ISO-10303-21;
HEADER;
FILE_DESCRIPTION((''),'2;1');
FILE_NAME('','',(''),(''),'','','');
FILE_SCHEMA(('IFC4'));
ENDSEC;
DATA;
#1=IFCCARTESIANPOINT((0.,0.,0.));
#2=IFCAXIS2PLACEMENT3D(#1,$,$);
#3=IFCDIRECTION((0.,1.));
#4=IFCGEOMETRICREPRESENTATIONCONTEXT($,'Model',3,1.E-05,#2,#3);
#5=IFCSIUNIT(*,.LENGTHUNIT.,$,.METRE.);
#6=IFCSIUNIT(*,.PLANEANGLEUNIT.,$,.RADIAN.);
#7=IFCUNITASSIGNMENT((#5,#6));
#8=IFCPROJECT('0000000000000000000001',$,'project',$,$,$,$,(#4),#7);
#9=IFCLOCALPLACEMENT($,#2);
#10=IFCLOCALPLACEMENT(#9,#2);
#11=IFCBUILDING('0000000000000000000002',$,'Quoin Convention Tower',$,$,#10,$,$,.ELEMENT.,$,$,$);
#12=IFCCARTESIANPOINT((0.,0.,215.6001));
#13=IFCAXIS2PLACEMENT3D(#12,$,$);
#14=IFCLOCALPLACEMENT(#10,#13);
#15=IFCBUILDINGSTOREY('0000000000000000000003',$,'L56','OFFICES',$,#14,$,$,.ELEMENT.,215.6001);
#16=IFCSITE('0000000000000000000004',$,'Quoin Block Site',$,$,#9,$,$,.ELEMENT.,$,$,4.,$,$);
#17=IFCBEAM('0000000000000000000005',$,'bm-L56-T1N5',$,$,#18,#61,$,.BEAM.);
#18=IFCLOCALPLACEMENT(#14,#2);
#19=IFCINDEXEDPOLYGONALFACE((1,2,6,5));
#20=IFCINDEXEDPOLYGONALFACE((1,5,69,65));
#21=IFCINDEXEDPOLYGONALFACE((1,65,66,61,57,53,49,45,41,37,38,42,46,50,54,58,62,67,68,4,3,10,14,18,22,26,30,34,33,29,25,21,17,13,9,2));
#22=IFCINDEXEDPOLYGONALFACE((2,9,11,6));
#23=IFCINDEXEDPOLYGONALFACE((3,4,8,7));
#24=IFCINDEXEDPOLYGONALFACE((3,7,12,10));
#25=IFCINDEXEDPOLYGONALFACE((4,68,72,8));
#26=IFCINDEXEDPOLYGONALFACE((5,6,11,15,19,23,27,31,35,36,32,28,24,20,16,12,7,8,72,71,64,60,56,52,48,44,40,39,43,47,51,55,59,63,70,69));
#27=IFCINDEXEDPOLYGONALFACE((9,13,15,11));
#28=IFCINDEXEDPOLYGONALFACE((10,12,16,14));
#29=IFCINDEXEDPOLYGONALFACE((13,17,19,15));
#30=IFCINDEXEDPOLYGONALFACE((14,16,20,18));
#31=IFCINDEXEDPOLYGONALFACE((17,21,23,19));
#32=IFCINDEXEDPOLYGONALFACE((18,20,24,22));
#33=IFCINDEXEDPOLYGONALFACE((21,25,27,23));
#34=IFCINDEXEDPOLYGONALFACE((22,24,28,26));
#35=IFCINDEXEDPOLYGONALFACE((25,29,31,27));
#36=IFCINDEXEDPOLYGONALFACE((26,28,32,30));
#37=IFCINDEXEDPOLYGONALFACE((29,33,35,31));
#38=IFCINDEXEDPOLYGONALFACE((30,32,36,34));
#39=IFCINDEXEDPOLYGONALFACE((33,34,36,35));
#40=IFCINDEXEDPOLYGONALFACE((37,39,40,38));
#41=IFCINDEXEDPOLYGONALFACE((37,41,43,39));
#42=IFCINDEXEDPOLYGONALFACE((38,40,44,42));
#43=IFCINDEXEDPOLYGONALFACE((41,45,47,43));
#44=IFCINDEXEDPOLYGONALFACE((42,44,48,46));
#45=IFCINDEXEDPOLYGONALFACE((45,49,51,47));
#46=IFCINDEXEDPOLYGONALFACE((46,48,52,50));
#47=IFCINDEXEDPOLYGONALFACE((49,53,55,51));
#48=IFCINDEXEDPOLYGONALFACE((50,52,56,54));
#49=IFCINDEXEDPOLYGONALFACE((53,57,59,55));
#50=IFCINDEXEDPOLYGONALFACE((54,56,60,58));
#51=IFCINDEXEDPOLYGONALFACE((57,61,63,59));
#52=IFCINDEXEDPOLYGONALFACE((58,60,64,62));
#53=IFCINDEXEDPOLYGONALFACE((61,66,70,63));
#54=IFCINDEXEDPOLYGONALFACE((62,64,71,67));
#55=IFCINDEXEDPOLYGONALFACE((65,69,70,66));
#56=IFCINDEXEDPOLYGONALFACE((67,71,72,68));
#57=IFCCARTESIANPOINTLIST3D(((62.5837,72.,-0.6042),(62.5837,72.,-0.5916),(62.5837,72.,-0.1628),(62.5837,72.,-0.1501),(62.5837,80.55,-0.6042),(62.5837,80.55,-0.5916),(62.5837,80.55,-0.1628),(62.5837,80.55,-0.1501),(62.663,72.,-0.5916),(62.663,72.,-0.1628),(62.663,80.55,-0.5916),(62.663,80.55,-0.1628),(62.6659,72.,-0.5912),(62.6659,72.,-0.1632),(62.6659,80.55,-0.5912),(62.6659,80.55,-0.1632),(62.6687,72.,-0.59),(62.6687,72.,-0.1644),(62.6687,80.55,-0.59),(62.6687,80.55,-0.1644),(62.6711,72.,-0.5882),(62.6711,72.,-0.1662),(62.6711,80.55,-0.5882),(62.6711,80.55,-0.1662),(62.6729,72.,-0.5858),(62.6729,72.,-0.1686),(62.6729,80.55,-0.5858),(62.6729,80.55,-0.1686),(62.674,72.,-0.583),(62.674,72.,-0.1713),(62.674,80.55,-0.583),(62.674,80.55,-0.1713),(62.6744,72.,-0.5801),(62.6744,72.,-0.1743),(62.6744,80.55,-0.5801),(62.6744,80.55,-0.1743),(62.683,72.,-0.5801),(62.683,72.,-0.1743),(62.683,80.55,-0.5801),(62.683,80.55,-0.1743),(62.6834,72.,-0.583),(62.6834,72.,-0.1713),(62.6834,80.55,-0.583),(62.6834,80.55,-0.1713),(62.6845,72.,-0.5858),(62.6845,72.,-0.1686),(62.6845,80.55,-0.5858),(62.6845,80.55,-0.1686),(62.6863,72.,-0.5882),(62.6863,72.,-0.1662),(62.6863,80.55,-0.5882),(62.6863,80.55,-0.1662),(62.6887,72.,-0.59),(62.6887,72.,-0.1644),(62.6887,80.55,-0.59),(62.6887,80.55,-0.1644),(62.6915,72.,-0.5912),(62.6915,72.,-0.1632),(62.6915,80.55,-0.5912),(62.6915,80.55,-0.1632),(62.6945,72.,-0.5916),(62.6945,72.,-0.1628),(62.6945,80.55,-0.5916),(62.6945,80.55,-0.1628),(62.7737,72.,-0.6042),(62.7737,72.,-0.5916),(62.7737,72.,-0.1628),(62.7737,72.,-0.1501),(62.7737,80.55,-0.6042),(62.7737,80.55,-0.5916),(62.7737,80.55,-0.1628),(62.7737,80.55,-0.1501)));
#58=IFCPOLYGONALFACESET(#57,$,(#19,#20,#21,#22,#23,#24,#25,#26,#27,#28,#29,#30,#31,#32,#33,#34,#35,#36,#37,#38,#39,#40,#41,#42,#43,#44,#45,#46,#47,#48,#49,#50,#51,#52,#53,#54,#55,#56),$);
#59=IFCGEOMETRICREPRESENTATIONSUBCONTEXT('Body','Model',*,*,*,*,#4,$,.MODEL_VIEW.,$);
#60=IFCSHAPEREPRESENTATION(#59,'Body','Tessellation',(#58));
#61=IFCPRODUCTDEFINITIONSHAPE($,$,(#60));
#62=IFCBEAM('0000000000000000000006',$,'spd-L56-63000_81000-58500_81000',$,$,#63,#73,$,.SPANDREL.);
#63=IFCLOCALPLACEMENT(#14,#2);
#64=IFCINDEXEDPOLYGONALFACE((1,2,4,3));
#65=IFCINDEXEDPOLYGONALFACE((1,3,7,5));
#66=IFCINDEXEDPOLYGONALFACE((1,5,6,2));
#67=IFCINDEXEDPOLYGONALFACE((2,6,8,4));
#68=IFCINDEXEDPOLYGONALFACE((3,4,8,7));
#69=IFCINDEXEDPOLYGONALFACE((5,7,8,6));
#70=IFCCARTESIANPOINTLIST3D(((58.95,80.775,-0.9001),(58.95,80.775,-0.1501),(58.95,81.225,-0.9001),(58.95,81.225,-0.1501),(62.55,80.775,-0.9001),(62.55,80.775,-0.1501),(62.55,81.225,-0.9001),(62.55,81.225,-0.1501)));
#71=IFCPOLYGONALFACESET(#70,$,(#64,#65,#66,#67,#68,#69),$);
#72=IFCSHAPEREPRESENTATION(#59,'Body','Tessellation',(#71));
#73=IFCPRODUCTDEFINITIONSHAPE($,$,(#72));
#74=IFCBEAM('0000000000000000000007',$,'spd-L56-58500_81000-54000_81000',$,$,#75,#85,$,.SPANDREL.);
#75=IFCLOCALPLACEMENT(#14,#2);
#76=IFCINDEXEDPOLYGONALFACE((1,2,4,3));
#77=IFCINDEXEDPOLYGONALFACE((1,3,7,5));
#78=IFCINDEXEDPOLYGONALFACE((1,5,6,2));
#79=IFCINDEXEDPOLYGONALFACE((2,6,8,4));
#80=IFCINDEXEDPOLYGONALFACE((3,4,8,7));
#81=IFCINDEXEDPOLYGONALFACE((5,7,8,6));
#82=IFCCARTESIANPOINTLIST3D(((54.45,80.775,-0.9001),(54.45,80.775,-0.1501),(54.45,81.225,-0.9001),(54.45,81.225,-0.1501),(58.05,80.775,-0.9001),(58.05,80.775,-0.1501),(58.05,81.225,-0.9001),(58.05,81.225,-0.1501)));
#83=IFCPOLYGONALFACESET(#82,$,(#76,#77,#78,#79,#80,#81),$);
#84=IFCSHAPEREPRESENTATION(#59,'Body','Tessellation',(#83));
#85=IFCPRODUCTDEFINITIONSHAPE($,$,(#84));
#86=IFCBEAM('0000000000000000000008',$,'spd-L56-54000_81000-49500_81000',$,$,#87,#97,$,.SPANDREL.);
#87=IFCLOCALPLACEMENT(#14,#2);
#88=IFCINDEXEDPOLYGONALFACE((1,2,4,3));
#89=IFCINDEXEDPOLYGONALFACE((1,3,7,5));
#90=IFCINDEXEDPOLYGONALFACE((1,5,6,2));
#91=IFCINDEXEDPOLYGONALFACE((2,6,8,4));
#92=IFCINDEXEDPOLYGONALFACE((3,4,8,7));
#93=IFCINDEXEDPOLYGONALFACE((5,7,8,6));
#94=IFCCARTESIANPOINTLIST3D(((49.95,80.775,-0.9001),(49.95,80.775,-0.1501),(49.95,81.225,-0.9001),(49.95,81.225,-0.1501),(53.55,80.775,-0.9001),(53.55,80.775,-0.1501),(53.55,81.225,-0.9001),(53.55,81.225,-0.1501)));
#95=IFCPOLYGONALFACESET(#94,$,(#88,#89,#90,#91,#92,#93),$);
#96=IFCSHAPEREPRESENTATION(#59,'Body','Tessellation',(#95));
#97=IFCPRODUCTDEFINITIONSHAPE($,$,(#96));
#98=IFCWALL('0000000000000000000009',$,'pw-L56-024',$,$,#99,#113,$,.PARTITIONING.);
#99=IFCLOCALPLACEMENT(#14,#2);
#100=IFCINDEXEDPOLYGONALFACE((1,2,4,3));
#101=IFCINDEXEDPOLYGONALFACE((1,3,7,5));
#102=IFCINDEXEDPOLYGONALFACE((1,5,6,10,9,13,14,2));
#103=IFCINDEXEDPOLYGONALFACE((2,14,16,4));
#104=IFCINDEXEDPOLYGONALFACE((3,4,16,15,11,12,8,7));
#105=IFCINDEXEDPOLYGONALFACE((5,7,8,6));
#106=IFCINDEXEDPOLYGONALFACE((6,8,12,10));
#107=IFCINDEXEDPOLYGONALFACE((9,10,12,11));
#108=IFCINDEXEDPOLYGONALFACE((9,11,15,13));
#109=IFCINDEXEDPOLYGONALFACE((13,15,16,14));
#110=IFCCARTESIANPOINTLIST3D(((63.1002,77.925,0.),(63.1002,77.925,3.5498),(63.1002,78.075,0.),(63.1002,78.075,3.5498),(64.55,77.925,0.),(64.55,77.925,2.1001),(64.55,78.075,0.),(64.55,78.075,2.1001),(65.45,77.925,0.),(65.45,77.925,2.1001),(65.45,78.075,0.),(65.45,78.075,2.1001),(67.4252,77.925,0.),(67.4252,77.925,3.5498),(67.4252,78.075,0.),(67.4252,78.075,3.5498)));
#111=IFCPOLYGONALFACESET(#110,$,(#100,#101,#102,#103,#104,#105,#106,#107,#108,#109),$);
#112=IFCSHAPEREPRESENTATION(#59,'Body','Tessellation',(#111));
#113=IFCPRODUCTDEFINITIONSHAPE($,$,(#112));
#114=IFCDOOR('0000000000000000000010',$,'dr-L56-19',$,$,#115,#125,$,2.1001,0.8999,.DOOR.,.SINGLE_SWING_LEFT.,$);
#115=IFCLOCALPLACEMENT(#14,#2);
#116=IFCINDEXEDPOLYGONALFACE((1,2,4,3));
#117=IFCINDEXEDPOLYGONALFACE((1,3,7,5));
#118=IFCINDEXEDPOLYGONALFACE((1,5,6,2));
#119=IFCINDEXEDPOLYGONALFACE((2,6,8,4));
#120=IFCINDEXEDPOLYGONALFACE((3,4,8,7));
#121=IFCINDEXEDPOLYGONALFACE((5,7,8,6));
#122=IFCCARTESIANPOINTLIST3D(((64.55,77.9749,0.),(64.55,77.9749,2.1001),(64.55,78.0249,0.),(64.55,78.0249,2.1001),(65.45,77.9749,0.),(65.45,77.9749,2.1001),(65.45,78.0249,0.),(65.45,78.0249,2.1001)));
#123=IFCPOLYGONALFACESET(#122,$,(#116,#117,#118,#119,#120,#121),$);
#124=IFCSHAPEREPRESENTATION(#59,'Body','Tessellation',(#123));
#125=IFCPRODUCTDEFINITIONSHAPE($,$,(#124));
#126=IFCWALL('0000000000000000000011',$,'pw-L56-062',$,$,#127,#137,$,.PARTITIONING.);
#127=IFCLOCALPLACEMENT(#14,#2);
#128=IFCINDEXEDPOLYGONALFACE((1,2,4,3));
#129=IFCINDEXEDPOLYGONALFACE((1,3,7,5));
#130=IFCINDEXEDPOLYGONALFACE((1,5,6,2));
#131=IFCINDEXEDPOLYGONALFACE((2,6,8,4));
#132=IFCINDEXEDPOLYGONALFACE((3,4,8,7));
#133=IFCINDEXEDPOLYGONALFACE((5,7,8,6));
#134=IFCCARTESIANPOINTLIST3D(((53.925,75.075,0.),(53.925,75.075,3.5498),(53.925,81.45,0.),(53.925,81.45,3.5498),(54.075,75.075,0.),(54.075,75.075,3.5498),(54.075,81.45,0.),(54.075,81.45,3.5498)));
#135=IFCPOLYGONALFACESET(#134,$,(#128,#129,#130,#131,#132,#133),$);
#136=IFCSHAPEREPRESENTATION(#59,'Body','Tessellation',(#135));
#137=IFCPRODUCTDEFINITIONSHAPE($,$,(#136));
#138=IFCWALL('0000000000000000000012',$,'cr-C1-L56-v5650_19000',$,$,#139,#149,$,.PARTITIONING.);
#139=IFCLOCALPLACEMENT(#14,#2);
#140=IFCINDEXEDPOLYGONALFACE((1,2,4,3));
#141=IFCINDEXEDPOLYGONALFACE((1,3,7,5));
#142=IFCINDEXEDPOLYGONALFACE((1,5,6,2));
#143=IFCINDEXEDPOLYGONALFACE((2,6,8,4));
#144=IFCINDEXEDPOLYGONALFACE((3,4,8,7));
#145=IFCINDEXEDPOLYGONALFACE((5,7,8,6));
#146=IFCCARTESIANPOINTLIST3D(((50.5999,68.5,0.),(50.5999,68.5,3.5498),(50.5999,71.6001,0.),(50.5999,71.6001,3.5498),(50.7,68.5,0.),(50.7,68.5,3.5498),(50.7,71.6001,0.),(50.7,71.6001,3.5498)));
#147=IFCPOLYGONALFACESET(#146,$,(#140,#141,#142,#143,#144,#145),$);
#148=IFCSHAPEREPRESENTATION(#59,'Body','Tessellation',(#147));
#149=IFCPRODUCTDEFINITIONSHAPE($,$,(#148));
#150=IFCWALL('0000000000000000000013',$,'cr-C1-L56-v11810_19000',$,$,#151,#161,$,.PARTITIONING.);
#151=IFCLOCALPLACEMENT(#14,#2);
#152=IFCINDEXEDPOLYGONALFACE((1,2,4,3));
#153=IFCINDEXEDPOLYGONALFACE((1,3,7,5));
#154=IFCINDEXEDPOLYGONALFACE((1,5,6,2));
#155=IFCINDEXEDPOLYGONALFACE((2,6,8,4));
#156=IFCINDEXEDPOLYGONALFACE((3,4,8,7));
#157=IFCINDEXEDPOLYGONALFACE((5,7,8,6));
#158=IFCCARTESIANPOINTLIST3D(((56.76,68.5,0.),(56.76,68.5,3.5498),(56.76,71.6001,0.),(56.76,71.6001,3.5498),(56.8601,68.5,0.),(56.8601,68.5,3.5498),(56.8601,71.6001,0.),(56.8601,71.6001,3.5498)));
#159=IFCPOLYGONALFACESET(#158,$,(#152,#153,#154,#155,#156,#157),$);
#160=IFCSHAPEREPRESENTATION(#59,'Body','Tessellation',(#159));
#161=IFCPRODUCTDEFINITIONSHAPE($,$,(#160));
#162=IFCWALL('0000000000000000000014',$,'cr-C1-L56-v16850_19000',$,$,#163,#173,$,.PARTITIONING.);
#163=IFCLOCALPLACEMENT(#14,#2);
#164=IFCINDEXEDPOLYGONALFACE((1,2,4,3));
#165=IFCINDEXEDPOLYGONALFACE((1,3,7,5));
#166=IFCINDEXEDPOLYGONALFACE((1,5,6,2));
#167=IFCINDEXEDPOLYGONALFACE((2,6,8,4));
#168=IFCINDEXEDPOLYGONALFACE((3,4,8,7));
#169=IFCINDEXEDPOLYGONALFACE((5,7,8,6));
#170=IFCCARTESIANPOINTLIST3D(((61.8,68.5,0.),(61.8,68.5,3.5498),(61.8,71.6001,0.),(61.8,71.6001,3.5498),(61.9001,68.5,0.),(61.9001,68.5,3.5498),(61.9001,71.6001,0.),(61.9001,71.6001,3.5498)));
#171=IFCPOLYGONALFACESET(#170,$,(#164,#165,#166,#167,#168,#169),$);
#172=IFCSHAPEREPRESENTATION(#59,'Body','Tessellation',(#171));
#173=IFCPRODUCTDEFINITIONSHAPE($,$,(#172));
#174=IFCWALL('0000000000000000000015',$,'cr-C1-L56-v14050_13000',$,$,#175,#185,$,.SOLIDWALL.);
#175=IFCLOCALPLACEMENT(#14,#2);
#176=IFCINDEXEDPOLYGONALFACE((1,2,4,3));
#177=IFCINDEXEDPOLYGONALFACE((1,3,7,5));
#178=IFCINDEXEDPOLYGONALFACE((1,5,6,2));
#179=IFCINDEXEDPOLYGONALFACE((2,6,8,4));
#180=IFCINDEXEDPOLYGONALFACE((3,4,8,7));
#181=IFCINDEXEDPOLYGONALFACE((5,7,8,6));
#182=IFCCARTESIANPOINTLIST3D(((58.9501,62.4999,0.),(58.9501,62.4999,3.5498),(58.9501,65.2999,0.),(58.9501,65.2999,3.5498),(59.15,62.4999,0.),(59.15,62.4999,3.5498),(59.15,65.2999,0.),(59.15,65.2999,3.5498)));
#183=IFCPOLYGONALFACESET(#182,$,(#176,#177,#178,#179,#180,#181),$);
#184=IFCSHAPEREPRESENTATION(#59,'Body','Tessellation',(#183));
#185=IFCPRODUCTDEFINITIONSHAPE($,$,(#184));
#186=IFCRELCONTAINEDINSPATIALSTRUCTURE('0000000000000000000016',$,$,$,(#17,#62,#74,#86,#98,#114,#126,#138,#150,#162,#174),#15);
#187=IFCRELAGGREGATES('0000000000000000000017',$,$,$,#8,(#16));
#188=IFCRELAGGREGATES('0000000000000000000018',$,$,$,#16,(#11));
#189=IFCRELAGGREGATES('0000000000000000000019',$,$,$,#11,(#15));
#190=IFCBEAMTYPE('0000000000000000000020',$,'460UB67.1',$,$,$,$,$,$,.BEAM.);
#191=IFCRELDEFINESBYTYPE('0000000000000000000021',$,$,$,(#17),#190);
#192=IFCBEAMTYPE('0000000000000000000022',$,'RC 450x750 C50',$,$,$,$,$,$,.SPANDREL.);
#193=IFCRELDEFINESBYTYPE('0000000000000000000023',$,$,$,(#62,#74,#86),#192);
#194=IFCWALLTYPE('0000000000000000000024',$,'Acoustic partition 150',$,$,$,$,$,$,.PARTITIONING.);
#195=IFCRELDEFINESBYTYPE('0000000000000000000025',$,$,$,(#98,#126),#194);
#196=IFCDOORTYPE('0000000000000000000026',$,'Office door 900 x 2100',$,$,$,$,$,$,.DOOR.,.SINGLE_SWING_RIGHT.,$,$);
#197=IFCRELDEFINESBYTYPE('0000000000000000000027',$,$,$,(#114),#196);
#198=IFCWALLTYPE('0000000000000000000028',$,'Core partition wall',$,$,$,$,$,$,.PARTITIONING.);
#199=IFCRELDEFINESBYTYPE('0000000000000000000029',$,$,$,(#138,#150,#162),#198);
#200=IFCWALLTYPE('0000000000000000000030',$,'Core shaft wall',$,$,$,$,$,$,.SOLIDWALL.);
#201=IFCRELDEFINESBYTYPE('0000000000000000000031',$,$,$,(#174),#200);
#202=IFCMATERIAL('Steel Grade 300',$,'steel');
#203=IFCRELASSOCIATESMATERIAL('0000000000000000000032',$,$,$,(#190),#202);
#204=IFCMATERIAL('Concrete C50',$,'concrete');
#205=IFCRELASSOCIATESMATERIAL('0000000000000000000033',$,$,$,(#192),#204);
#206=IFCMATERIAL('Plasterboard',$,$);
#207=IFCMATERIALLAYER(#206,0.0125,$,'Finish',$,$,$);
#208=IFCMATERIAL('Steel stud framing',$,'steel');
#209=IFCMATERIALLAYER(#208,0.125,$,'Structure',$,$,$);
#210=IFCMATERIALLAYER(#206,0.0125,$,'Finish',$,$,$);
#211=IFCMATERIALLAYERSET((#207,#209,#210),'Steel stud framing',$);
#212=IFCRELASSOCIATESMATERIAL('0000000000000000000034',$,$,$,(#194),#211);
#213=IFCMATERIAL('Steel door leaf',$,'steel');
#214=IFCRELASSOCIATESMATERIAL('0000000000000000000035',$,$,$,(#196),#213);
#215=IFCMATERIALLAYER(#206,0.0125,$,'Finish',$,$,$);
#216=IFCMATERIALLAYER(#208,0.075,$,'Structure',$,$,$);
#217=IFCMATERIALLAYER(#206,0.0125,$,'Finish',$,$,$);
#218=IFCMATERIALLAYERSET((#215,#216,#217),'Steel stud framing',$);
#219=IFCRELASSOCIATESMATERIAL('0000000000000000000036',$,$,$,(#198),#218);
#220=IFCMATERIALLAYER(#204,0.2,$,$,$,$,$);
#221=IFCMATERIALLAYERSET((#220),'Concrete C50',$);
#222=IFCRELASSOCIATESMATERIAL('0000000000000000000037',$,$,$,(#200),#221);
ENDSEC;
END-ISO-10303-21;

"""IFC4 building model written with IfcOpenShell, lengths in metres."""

from ifc_helpers import new_model, si_unit, direction, frame, frame_2d, origin, origin_2d, place, context, subcontext, project, spatial, rectangle, i_section, extrude, material, layer, layer_set, material_profile, profile_set, type_object, element, fill, save


model = new_model("IFC4")

# Units and contexts
model_context = context("Model", 3, precision=1e-05, world=origin(), true_north=direction((0.0, 1.0)))
body_context = subcontext(model_context, "Body", "Model", "MODEL_VIEW")
ifc_project = project(units=[si_unit("LENGTHUNIT", "METRE"), si_unit("PLANEANGLEUNIT", "RADIAN")], contexts=[model_context])

# Site, building, storey
site_placement = place(None, origin())
site = spatial("IfcSite", under=ifc_project, at=site_placement, Name="Quoin Block Site", CompositionType="ELEMENT", RefElevation=4.0)
building_placement = place(site_placement, origin())
building = spatial("IfcBuilding", under=site, at=building_placement, Name="Quoin Convention Tower", CompositionType="ELEMENT")
storey_placement = place(building_placement, frame((0.0, 0.0, 215.6001)))
storey = spatial("IfcBuildingStorey", under=building, at=storey_placement, Name="L56", Description="OFFICES", CompositionType="ELEMENT", Elevation=215.6001)

# Shared definitions
ifc_material_1 = material(Name="Concrete C50", Category="concrete")

# Beams
ifc_material_2 = material(Name="Steel Grade 300", Category="steel")
ifc_material_profile_1 = material_profile(ifc_material_2, i_section(OverallWidth=0.1899, OverallDepth=0.4541, WebThickness=0.0085, FlangeThickness=0.0127, FilletRadius=0.0115, at=origin_2d()), Name="460UB67.1")
ifc_profile_set_1 = profile_set([ifc_material_profile_1], Name="Steel Grade 300")
beam_type_1 = type_object("IfcBeamType", Name="460UB67.1", PredefinedType="BEAM", material=ifc_profile_set_1)
beam_placement = place(storey_placement, frame((62.6787, 72.0, -0.3772), z_axis=(0.0, 1.0, 0.0), x_axis=(-1.0, 0.0, 0.0)))
element("IfcBeam", 1, at=beam_placement, inside=storey, type_object=beam_type_1, Name="bm-L56-T1N5", PredefinedType="BEAM", context=body_context, shape_type="SweptSolid", body=[
    extrude(i_section(OverallWidth=0.1899, OverallDepth=0.4541, WebThickness=0.0085, FlangeThickness=0.0127, FilletRadius=0.0115, at=origin_2d()), origin(), (0.0, 0.0, 1.0), 8.55),
])
ifc_material_profile_2 = material_profile(ifc_material_1, rectangle(XDim=0.45, YDim=0.75, at=origin_2d()), Name="RC 450x750")
ifc_profile_set_2 = profile_set([ifc_material_profile_2], Name="Concrete C50")
beam_type_2 = type_object("IfcBeamType", Name="RC 450x750 C50", PredefinedType="SPANDREL", material=ifc_profile_set_2)
for number, where, z_axis, x_axis, name in (
    (2, (62.55, 81.0, -0.5251), (-1.0, 0.0, 0.0), (0.0, -1.0, 0.0), "spd-L56-63000_81000-58500_81000"),
    (3, (58.05, 81.0, -0.5251), (-1.0, 0.0, 0.0), (0.0, -1.0, 0.0), "spd-L56-58500_81000-54000_81000"),
    (4, (53.55, 81.0, -0.5251), (-1.0, 0.0, 0.0), (0.0, -1.0, 0.0), "spd-L56-54000_81000-49500_81000"),
):
    element("IfcBeam", number, at=place(storey_placement, frame(where, z_axis=z_axis, x_axis=x_axis)), inside=storey, type_object=beam_type_2, Name=name, PredefinedType="SPANDREL", context=body_context, shape_type="SweptSolid", body=[
        extrude(rectangle(XDim=0.45, YDim=0.75, at=origin_2d()), origin(), (0.0, 0.0, 1.0), 3.6001),
    ])

# Wall, opening, door
ifc_material_3 = material(Name="Plasterboard")
ifc_layer_1 = layer(ifc_material_3, 0.0125, Name="Finish")
ifc_material_4 = material(Name="Steel stud framing", Category="steel")
ifc_layer_2 = layer(ifc_material_4, 0.125, Name="Structure")
ifc_layer_3 = layer(ifc_material_3, 0.0125, Name="Finish")
ifc_layer_set_1 = layer_set([ifc_layer_1, ifc_layer_2, ifc_layer_3], Name="Steel stud framing")
wall_type_1 = type_object("IfcWallType", Name="Acoustic partition 150", PredefinedType="PARTITIONING", material=ifc_layer_set_1)
wall_1_placement = place(storey_placement, frame((63.1001, 78.0, 0.0), z_axis=(0.0, 0.0, 1.0), x_axis=(1.0, 0.0, 0.0)))
wall_1 = element("IfcWall", 5, at=wall_1_placement, inside=storey, type_object=wall_type_1, Name="pw-L56-024", PredefinedType="PARTITIONING", context=body_context, shape_type="SweptSolid", body=[
    extrude(rectangle(XDim=4.325, YDim=0.1499, at=frame_2d((2.1626, 0.0))), origin(), (0.0, 0.0, 1.0), 3.5498),
])
opening_1_placement = place(wall_1_placement, frame((1.45, 0.0, 0.0)))
opening_1 = element("IfcOpeningElement", 6, at=opening_1_placement, cuts=wall_1, PredefinedType="OPENING", context=body_context, shape_type="SweptSolid", body=[
    extrude(rectangle(XDim=0.8999, YDim=2.1001, at=frame_2d((0.45, 1.05))), frame((0.0, 0.085, 0.0), z_axis=(0.0, -1.0, 0.0), x_axis=(1.0, 0.0, 0.0)), (0.0, 0.0, 1.0), 0.1699),
])
ifc_material_5 = material(Name="Steel door leaf", Category="steel")
door_type = type_object("IfcDoorType", Name="Office door 900 x 2100", OperationType="SINGLE_SWING_RIGHT", PredefinedType="DOOR", material=ifc_material_5)
door_1_placement = place(opening_1_placement, origin())
door_1 = element("IfcDoor", 7, at=door_1_placement, inside=storey, type_object=door_type, Name="dr-L56-19", OperationType="SINGLE_SWING_LEFT", OverallHeight=2.1001, OverallWidth=0.8999, PredefinedType="DOOR", context=body_context, shape_type="SweptSolid", body=[
    extrude(rectangle(XDim=0.8999, YDim=2.1001, at=frame_2d((0.45, 1.05))), frame((0.0, 0.0249, 0.0), z_axis=(0.0, -1.0, 0.0), x_axis=(1.0, 0.0, 0.0)), (0.0, 0.0, 1.0), 0.05),
])
fill(opening_1, door_1)

# Walls
wall_2_placement = place(storey_placement, frame((54.0, 75.075, 0.0), z_axis=(0.0, 0.0, 1.0), x_axis=(0.0, 1.0, 0.0)))
element("IfcWall", 8, at=wall_2_placement, inside=storey, type_object=wall_type_1, Name="pw-L56-062", PredefinedType="PARTITIONING", context=body_context, shape_type="SweptSolid", body=[
    extrude(rectangle(XDim=6.375, YDim=0.1499, at=frame_2d((3.1875, 0.0))), origin(), (0.0, 0.0, 1.0), 3.5498),
])
ifc_layer_4 = layer(ifc_material_3, 0.0125, Name="Finish")
ifc_layer_5 = layer(ifc_material_4, 0.075, Name="Structure")
ifc_layer_6 = layer(ifc_material_3, 0.0125, Name="Finish")
ifc_layer_set_2 = layer_set([ifc_layer_4, ifc_layer_5, ifc_layer_6], Name="Steel stud framing")
wall_type_2 = type_object("IfcWallType", Name="Core partition wall", PredefinedType="PARTITIONING", material=ifc_layer_set_2)
for number, where, z_axis, x_axis, name in (
    (9, (50.6499, 68.5, 0.0), (0.0, 0.0, 1.0), (0.0, 1.0, 0.0), "cr-C1-L56-v5650_19000"),
    (10, (56.8101, 68.5, 0.0), (0.0, 0.0, 1.0), (0.0, 1.0, 0.0), "cr-C1-L56-v11810_19000"),
    (11, (61.8501, 68.5, 0.0), (0.0, 0.0, 1.0), (0.0, 1.0, 0.0), "cr-C1-L56-v16850_19000"),
):
    element("IfcWall", number, at=place(storey_placement, frame(where, z_axis=z_axis, x_axis=x_axis)), inside=storey, type_object=wall_type_2, Name=name, PredefinedType="PARTITIONING", context=body_context, shape_type="SweptSolid", body=[
        extrude(rectangle(XDim=3.1001, YDim=0.1001, at=frame_2d((1.55, 0.0))), origin(), (0.0, 0.0, 1.0), 3.5498),
    ])
ifc_layer_7 = layer(ifc_material_1, 0.2)
ifc_layer_set_3 = layer_set([ifc_layer_7], Name="Concrete C50")
wall_type_3 = type_object("IfcWallType", Name="Core shaft wall", PredefinedType="SOLIDWALL", material=ifc_layer_set_3)
wall_3_placement = place(storey_placement, frame((59.05, 62.5, 0.0), z_axis=(0.0, 0.0, 1.0), x_axis=(0.0, 1.0, 0.0)))
element("IfcWall", 12, at=wall_3_placement, inside=storey, type_object=wall_type_3, Name="cr-C1-L56-v14050_13000", PredefinedType="SOLIDWALL", context=body_context, shape_type="SweptSolid", body=[
    extrude(rectangle(XDim=2.8, YDim=0.2, at=frame_2d((1.3999, 0.0))), origin(), (0.0, 0.0, 1.0), 3.5498),
])

save(model, "model.ifc")
